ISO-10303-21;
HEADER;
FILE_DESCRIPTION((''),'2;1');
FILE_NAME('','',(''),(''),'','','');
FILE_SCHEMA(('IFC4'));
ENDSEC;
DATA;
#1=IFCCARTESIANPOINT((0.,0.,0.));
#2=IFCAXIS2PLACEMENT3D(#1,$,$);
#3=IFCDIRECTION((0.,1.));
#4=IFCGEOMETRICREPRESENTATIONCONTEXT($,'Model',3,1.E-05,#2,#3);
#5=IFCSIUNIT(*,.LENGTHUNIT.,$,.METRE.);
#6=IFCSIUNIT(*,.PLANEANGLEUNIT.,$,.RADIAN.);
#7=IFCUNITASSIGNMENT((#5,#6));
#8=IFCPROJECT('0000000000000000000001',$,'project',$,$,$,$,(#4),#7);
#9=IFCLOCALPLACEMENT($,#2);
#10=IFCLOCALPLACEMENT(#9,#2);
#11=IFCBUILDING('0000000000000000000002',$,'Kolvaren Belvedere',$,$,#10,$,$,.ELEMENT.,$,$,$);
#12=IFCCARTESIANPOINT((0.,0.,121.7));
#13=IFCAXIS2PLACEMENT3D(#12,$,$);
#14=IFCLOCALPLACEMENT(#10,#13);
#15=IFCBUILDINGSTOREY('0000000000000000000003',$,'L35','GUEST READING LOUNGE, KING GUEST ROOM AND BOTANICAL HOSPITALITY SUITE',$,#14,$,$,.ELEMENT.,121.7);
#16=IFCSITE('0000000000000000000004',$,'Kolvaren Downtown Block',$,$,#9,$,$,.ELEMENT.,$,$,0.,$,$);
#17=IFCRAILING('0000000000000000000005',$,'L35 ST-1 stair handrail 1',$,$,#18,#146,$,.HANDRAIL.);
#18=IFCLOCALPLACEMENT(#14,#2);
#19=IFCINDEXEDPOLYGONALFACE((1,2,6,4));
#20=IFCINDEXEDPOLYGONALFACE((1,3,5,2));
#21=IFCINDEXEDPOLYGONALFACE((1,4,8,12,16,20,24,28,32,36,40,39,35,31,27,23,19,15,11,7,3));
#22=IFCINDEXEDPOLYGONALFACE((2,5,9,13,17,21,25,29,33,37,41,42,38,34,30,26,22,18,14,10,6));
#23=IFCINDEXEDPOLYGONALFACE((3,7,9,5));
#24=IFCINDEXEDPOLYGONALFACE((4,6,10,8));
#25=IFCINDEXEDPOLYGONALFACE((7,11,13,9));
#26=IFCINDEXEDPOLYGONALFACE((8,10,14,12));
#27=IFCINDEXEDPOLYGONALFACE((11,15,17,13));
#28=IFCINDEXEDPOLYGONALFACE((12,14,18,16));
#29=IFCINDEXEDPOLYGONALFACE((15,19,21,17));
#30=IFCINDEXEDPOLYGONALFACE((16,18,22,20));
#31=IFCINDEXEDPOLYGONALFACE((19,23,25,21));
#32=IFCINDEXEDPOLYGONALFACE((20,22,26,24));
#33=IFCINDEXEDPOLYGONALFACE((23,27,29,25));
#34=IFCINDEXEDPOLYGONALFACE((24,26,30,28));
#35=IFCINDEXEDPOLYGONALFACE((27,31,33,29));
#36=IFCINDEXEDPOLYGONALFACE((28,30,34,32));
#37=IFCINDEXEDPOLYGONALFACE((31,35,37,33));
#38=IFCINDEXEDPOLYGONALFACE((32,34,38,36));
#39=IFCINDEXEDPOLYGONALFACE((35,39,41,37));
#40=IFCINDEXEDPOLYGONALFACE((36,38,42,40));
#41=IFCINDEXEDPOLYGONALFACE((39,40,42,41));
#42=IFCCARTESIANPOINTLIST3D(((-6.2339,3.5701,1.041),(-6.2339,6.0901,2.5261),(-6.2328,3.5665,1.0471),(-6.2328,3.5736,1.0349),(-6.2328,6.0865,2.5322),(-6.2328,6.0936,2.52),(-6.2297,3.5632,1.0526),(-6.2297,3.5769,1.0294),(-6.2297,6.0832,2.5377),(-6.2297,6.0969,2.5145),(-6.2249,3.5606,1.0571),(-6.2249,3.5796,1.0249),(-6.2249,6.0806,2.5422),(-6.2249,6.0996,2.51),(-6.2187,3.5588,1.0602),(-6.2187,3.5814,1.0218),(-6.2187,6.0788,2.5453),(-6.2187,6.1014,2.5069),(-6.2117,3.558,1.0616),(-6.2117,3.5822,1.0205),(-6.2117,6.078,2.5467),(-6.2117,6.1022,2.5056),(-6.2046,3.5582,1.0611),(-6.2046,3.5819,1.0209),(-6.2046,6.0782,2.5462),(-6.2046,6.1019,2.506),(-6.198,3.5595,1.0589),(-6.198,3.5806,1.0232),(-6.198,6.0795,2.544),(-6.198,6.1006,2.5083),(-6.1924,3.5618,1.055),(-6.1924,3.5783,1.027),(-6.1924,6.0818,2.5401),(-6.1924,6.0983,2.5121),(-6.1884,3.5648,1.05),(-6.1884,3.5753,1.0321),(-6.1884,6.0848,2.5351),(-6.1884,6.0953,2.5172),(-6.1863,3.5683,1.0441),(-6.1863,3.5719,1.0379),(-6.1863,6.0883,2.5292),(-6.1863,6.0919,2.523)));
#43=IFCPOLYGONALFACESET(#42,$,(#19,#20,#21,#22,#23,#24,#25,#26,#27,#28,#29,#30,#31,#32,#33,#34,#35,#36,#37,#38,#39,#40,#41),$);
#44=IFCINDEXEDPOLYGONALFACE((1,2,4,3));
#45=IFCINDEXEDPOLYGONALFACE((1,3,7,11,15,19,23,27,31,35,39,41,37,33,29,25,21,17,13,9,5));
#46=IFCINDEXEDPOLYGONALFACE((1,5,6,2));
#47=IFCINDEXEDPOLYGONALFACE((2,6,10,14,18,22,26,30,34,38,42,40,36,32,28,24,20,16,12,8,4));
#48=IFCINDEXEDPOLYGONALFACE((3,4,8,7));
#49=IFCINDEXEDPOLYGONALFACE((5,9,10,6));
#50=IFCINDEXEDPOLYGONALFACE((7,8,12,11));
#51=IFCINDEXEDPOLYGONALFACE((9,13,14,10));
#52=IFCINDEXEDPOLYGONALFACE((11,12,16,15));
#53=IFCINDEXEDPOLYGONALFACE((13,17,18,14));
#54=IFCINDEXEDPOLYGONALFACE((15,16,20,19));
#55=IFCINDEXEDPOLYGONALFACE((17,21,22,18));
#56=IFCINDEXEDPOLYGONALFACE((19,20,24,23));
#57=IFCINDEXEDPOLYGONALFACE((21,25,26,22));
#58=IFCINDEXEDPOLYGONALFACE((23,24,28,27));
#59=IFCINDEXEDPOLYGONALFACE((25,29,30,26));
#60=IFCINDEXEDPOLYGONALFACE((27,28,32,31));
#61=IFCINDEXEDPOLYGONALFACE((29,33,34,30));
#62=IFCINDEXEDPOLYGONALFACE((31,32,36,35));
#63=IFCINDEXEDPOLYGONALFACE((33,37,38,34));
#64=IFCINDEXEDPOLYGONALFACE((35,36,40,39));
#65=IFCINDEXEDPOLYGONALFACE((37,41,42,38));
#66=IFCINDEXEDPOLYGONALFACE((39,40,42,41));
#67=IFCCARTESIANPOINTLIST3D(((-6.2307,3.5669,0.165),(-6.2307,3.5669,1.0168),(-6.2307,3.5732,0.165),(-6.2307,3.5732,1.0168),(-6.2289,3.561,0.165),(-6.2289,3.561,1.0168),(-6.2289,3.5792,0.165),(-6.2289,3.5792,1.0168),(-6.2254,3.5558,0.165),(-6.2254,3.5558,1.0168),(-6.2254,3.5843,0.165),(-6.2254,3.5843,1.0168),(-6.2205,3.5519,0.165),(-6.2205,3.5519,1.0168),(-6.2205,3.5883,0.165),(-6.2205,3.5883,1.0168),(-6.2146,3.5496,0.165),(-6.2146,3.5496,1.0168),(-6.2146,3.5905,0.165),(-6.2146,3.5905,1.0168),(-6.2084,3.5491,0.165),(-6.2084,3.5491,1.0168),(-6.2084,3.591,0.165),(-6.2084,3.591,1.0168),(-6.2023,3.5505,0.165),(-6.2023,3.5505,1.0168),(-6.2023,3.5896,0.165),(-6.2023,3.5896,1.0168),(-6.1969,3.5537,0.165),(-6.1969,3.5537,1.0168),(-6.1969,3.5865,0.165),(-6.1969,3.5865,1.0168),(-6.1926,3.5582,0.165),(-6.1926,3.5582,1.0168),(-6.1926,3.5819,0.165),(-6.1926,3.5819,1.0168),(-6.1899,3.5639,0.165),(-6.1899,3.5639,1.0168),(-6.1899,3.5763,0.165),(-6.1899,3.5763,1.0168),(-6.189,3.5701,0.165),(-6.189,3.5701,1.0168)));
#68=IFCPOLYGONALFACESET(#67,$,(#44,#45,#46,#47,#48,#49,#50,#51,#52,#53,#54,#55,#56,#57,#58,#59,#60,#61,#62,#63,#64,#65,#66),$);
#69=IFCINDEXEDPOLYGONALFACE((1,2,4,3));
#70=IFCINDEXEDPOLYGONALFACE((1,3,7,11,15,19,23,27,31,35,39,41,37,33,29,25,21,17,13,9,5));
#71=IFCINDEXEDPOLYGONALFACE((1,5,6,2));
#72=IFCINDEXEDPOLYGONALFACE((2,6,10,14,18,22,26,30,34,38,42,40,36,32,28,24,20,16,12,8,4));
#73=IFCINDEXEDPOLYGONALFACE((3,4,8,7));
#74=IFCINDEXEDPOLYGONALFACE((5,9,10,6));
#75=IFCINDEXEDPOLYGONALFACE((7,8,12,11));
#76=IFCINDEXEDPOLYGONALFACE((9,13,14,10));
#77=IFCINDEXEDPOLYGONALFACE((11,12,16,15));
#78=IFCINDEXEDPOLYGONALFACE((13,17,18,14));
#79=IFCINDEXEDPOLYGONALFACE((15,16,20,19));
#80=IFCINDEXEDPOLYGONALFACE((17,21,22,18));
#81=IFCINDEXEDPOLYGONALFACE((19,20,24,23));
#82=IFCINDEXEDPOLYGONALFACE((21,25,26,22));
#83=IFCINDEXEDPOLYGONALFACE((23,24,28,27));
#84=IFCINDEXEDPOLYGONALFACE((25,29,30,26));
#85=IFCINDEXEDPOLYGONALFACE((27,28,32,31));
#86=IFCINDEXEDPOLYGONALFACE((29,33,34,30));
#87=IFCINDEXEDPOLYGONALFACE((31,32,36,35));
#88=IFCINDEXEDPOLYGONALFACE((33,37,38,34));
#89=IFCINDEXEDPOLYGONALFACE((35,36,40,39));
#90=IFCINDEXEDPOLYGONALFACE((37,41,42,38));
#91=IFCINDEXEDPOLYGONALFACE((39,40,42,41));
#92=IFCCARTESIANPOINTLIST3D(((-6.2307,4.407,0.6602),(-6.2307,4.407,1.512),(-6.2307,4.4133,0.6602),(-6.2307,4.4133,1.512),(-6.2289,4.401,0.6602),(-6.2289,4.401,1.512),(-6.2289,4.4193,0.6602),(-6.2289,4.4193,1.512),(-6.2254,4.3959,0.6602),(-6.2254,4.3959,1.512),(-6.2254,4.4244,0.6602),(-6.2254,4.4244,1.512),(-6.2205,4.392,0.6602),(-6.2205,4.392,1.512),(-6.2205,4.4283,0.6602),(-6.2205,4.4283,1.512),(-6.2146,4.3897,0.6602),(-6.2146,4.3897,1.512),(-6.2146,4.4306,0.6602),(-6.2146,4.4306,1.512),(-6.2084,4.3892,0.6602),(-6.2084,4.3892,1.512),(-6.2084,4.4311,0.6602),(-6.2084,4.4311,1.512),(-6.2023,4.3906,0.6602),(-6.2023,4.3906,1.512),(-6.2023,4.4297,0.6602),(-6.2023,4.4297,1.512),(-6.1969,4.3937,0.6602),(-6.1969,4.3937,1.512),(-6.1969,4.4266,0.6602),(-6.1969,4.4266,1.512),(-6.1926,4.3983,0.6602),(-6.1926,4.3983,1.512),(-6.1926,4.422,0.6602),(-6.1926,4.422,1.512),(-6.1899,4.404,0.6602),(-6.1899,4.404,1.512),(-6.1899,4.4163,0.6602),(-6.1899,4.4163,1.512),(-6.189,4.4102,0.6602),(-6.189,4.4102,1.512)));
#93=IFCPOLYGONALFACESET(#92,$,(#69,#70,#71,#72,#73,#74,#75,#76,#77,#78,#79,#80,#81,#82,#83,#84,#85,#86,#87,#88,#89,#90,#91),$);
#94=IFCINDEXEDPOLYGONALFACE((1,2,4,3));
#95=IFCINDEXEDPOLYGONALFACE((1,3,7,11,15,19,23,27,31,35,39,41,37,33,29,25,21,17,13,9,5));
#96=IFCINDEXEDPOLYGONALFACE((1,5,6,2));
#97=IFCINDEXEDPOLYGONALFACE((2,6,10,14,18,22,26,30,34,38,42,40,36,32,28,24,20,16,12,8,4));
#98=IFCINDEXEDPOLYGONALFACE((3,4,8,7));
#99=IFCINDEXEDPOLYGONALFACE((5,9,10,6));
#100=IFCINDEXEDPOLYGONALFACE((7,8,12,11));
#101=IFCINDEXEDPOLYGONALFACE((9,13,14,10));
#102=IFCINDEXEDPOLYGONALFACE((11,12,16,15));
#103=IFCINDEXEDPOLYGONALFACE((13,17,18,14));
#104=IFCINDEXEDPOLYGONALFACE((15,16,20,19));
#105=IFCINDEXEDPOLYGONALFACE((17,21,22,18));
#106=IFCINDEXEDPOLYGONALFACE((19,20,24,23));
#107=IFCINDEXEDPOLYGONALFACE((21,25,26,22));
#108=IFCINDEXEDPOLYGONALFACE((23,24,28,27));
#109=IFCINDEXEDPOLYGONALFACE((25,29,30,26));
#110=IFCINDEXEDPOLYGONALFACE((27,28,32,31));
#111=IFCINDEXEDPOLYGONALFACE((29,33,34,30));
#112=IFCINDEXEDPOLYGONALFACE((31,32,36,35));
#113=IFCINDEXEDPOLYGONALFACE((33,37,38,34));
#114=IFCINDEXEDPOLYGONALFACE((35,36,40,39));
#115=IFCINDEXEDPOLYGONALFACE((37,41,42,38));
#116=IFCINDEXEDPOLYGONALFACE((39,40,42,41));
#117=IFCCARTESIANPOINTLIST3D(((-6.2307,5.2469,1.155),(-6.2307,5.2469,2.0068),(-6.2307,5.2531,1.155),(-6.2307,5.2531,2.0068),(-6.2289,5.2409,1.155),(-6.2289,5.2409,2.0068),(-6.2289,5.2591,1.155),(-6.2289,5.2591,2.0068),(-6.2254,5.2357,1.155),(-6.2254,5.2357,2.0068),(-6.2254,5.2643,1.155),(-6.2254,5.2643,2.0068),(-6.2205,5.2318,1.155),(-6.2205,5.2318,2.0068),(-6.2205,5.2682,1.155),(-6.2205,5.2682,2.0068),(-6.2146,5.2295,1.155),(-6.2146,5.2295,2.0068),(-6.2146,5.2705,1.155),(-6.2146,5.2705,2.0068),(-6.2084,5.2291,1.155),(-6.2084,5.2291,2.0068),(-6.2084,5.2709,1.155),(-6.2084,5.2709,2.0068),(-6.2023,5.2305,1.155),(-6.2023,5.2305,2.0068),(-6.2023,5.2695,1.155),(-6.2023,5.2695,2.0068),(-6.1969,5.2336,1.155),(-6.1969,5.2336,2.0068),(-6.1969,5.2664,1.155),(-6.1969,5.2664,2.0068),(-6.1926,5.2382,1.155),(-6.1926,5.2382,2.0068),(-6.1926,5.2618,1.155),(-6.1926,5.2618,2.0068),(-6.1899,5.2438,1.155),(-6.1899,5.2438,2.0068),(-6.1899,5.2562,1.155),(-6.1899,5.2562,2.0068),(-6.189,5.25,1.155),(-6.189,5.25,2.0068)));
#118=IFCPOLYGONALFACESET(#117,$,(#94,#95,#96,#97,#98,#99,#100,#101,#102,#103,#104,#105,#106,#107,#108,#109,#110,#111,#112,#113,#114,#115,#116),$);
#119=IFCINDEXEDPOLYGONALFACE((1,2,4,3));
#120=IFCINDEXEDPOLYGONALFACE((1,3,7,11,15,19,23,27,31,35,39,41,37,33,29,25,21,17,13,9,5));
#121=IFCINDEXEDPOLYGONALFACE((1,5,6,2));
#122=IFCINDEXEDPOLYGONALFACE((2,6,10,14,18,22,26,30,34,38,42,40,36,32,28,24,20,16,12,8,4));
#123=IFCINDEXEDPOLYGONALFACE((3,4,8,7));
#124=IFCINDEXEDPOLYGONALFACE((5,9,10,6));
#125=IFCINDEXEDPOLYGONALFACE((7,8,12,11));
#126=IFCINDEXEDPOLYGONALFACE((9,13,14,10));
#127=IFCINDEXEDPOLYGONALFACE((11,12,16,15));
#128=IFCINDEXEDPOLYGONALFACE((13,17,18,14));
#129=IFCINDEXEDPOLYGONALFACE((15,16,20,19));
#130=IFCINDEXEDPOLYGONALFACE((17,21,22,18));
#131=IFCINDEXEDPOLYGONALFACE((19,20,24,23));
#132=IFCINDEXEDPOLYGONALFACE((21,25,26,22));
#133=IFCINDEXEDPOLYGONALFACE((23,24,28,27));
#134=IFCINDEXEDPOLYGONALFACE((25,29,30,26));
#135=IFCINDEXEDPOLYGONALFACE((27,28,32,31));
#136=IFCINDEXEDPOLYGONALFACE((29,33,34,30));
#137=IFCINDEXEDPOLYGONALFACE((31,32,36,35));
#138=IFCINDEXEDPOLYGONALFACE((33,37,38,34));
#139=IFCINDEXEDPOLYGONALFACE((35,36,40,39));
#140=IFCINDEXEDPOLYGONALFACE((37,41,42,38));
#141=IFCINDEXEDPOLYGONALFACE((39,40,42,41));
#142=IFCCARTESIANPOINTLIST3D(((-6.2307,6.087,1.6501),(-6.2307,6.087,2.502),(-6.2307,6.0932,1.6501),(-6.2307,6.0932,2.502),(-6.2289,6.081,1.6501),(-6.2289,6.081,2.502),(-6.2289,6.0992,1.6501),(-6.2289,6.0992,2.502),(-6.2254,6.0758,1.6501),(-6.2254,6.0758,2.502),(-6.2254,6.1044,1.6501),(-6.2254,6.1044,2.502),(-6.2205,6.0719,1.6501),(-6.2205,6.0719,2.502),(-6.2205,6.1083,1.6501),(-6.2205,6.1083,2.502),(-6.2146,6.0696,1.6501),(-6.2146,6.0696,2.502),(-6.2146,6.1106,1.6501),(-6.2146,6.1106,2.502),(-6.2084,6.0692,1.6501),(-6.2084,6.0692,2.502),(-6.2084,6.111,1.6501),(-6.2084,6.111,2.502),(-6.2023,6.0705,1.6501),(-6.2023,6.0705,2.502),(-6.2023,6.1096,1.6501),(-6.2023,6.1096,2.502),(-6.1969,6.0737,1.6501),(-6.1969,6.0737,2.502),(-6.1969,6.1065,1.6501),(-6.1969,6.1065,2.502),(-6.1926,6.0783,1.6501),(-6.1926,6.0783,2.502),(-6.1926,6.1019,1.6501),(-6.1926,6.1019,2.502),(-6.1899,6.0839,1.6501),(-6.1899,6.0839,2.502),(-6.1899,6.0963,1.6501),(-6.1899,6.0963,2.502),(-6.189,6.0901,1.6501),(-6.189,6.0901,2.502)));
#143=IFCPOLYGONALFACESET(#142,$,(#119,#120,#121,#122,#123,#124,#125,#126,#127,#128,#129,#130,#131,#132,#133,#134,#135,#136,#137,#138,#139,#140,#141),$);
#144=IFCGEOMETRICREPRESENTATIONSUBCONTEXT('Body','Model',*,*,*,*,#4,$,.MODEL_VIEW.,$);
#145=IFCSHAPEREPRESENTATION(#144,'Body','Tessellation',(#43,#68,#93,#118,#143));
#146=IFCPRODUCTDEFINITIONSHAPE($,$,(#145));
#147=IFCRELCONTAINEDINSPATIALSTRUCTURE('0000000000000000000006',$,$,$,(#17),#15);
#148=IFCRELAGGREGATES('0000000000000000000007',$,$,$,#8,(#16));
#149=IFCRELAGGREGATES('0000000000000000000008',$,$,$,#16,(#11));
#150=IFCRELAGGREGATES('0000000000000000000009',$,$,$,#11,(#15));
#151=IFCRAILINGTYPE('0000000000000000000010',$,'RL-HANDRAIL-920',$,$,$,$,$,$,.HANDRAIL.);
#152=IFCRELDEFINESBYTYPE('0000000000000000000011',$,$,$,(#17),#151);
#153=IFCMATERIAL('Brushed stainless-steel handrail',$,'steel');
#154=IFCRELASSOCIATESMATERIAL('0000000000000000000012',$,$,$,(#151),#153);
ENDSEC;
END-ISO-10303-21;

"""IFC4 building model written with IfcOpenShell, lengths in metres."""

from ifc_helpers import new_model, si_unit, direction, frame, origin, origin_2d, place, context, subcontext, project, spatial, circle, extrude, material, type_object, element, save


model = new_model("IFC4")

# Units and contexts
model_context = context("Model", 3, precision=1e-05, world=origin(), true_north=direction((0.0, 1.0)))
body_context = subcontext(model_context, "Body", "Model", "MODEL_VIEW")
ifc_project = project(units=[si_unit("LENGTHUNIT", "METRE"), si_unit("PLANEANGLEUNIT", "RADIAN")], contexts=[model_context])

# Site, building, storey
site_placement = place(None, origin())
site = spatial("IfcSite", under=ifc_project, at=site_placement, Name="Kolvaren Downtown Block", CompositionType="ELEMENT", RefElevation=0.0)
building_placement = place(site_placement, origin())
building = spatial("IfcBuilding", under=site, at=building_placement, Name="Kolvaren Belvedere", CompositionType="ELEMENT")
storey_placement = place(building_placement, frame((0.0, 0.0, 121.7)))
storey = spatial("IfcBuildingStorey", under=building, at=storey_placement, Name="L35", Description="GUEST READING LOUNGE, KING GUEST ROOM AND BOTANICAL HOSPITALITY SUITE", CompositionType="ELEMENT", Elevation=121.7)

# Railing
ifc_material_1 = material(Name="Brushed stainless-steel handrail", Category="steel")
railing_type_1 = type_object("IfcRailingType", Name="RL-HANDRAIL-920", PredefinedType="HANDRAIL", material=ifc_material_1)
railing_1_placement = place(storey_placement, frame((-6.21, 3.5701, 0.165)))
element("IfcRailing", 1, at=railing_1_placement, inside=storey, type_object=railing_type_1, Name="L35 ST-1 stair handrail 1", PredefinedType="HANDRAIL", context=body_context, shape_type="SweptSolid", body=[
    extrude(circle(Radius=0.0239, at=origin_2d()), frame((0.0, 0.0, 0.876), z_axis=(0.0, 0.861524, 0.507717), x_axis=(-1.0, 0.0, 0.0)), (0.0, 0.0, 1.0), 2.925),
    extrude(circle(Radius=0.021, at=origin_2d()), origin(), (0.0, 0.0, 1.0), 0.8518),
    extrude(circle(Radius=0.021, at=origin_2d()), frame((0.0, 0.8401, 0.4951)), (0.0, 0.0, 1.0), 0.8518),
    extrude(circle(Radius=0.021, at=origin_2d()), frame((0.0, 1.6799, 0.99)), (0.0, 0.0, 1.0), 0.8518),
    extrude(circle(Radius=0.021, at=origin_2d()), frame((0.0, 2.52, 1.4851)), (0.0, 0.0, 1.0), 0.8518),
])

save(model, "model.ifc")
